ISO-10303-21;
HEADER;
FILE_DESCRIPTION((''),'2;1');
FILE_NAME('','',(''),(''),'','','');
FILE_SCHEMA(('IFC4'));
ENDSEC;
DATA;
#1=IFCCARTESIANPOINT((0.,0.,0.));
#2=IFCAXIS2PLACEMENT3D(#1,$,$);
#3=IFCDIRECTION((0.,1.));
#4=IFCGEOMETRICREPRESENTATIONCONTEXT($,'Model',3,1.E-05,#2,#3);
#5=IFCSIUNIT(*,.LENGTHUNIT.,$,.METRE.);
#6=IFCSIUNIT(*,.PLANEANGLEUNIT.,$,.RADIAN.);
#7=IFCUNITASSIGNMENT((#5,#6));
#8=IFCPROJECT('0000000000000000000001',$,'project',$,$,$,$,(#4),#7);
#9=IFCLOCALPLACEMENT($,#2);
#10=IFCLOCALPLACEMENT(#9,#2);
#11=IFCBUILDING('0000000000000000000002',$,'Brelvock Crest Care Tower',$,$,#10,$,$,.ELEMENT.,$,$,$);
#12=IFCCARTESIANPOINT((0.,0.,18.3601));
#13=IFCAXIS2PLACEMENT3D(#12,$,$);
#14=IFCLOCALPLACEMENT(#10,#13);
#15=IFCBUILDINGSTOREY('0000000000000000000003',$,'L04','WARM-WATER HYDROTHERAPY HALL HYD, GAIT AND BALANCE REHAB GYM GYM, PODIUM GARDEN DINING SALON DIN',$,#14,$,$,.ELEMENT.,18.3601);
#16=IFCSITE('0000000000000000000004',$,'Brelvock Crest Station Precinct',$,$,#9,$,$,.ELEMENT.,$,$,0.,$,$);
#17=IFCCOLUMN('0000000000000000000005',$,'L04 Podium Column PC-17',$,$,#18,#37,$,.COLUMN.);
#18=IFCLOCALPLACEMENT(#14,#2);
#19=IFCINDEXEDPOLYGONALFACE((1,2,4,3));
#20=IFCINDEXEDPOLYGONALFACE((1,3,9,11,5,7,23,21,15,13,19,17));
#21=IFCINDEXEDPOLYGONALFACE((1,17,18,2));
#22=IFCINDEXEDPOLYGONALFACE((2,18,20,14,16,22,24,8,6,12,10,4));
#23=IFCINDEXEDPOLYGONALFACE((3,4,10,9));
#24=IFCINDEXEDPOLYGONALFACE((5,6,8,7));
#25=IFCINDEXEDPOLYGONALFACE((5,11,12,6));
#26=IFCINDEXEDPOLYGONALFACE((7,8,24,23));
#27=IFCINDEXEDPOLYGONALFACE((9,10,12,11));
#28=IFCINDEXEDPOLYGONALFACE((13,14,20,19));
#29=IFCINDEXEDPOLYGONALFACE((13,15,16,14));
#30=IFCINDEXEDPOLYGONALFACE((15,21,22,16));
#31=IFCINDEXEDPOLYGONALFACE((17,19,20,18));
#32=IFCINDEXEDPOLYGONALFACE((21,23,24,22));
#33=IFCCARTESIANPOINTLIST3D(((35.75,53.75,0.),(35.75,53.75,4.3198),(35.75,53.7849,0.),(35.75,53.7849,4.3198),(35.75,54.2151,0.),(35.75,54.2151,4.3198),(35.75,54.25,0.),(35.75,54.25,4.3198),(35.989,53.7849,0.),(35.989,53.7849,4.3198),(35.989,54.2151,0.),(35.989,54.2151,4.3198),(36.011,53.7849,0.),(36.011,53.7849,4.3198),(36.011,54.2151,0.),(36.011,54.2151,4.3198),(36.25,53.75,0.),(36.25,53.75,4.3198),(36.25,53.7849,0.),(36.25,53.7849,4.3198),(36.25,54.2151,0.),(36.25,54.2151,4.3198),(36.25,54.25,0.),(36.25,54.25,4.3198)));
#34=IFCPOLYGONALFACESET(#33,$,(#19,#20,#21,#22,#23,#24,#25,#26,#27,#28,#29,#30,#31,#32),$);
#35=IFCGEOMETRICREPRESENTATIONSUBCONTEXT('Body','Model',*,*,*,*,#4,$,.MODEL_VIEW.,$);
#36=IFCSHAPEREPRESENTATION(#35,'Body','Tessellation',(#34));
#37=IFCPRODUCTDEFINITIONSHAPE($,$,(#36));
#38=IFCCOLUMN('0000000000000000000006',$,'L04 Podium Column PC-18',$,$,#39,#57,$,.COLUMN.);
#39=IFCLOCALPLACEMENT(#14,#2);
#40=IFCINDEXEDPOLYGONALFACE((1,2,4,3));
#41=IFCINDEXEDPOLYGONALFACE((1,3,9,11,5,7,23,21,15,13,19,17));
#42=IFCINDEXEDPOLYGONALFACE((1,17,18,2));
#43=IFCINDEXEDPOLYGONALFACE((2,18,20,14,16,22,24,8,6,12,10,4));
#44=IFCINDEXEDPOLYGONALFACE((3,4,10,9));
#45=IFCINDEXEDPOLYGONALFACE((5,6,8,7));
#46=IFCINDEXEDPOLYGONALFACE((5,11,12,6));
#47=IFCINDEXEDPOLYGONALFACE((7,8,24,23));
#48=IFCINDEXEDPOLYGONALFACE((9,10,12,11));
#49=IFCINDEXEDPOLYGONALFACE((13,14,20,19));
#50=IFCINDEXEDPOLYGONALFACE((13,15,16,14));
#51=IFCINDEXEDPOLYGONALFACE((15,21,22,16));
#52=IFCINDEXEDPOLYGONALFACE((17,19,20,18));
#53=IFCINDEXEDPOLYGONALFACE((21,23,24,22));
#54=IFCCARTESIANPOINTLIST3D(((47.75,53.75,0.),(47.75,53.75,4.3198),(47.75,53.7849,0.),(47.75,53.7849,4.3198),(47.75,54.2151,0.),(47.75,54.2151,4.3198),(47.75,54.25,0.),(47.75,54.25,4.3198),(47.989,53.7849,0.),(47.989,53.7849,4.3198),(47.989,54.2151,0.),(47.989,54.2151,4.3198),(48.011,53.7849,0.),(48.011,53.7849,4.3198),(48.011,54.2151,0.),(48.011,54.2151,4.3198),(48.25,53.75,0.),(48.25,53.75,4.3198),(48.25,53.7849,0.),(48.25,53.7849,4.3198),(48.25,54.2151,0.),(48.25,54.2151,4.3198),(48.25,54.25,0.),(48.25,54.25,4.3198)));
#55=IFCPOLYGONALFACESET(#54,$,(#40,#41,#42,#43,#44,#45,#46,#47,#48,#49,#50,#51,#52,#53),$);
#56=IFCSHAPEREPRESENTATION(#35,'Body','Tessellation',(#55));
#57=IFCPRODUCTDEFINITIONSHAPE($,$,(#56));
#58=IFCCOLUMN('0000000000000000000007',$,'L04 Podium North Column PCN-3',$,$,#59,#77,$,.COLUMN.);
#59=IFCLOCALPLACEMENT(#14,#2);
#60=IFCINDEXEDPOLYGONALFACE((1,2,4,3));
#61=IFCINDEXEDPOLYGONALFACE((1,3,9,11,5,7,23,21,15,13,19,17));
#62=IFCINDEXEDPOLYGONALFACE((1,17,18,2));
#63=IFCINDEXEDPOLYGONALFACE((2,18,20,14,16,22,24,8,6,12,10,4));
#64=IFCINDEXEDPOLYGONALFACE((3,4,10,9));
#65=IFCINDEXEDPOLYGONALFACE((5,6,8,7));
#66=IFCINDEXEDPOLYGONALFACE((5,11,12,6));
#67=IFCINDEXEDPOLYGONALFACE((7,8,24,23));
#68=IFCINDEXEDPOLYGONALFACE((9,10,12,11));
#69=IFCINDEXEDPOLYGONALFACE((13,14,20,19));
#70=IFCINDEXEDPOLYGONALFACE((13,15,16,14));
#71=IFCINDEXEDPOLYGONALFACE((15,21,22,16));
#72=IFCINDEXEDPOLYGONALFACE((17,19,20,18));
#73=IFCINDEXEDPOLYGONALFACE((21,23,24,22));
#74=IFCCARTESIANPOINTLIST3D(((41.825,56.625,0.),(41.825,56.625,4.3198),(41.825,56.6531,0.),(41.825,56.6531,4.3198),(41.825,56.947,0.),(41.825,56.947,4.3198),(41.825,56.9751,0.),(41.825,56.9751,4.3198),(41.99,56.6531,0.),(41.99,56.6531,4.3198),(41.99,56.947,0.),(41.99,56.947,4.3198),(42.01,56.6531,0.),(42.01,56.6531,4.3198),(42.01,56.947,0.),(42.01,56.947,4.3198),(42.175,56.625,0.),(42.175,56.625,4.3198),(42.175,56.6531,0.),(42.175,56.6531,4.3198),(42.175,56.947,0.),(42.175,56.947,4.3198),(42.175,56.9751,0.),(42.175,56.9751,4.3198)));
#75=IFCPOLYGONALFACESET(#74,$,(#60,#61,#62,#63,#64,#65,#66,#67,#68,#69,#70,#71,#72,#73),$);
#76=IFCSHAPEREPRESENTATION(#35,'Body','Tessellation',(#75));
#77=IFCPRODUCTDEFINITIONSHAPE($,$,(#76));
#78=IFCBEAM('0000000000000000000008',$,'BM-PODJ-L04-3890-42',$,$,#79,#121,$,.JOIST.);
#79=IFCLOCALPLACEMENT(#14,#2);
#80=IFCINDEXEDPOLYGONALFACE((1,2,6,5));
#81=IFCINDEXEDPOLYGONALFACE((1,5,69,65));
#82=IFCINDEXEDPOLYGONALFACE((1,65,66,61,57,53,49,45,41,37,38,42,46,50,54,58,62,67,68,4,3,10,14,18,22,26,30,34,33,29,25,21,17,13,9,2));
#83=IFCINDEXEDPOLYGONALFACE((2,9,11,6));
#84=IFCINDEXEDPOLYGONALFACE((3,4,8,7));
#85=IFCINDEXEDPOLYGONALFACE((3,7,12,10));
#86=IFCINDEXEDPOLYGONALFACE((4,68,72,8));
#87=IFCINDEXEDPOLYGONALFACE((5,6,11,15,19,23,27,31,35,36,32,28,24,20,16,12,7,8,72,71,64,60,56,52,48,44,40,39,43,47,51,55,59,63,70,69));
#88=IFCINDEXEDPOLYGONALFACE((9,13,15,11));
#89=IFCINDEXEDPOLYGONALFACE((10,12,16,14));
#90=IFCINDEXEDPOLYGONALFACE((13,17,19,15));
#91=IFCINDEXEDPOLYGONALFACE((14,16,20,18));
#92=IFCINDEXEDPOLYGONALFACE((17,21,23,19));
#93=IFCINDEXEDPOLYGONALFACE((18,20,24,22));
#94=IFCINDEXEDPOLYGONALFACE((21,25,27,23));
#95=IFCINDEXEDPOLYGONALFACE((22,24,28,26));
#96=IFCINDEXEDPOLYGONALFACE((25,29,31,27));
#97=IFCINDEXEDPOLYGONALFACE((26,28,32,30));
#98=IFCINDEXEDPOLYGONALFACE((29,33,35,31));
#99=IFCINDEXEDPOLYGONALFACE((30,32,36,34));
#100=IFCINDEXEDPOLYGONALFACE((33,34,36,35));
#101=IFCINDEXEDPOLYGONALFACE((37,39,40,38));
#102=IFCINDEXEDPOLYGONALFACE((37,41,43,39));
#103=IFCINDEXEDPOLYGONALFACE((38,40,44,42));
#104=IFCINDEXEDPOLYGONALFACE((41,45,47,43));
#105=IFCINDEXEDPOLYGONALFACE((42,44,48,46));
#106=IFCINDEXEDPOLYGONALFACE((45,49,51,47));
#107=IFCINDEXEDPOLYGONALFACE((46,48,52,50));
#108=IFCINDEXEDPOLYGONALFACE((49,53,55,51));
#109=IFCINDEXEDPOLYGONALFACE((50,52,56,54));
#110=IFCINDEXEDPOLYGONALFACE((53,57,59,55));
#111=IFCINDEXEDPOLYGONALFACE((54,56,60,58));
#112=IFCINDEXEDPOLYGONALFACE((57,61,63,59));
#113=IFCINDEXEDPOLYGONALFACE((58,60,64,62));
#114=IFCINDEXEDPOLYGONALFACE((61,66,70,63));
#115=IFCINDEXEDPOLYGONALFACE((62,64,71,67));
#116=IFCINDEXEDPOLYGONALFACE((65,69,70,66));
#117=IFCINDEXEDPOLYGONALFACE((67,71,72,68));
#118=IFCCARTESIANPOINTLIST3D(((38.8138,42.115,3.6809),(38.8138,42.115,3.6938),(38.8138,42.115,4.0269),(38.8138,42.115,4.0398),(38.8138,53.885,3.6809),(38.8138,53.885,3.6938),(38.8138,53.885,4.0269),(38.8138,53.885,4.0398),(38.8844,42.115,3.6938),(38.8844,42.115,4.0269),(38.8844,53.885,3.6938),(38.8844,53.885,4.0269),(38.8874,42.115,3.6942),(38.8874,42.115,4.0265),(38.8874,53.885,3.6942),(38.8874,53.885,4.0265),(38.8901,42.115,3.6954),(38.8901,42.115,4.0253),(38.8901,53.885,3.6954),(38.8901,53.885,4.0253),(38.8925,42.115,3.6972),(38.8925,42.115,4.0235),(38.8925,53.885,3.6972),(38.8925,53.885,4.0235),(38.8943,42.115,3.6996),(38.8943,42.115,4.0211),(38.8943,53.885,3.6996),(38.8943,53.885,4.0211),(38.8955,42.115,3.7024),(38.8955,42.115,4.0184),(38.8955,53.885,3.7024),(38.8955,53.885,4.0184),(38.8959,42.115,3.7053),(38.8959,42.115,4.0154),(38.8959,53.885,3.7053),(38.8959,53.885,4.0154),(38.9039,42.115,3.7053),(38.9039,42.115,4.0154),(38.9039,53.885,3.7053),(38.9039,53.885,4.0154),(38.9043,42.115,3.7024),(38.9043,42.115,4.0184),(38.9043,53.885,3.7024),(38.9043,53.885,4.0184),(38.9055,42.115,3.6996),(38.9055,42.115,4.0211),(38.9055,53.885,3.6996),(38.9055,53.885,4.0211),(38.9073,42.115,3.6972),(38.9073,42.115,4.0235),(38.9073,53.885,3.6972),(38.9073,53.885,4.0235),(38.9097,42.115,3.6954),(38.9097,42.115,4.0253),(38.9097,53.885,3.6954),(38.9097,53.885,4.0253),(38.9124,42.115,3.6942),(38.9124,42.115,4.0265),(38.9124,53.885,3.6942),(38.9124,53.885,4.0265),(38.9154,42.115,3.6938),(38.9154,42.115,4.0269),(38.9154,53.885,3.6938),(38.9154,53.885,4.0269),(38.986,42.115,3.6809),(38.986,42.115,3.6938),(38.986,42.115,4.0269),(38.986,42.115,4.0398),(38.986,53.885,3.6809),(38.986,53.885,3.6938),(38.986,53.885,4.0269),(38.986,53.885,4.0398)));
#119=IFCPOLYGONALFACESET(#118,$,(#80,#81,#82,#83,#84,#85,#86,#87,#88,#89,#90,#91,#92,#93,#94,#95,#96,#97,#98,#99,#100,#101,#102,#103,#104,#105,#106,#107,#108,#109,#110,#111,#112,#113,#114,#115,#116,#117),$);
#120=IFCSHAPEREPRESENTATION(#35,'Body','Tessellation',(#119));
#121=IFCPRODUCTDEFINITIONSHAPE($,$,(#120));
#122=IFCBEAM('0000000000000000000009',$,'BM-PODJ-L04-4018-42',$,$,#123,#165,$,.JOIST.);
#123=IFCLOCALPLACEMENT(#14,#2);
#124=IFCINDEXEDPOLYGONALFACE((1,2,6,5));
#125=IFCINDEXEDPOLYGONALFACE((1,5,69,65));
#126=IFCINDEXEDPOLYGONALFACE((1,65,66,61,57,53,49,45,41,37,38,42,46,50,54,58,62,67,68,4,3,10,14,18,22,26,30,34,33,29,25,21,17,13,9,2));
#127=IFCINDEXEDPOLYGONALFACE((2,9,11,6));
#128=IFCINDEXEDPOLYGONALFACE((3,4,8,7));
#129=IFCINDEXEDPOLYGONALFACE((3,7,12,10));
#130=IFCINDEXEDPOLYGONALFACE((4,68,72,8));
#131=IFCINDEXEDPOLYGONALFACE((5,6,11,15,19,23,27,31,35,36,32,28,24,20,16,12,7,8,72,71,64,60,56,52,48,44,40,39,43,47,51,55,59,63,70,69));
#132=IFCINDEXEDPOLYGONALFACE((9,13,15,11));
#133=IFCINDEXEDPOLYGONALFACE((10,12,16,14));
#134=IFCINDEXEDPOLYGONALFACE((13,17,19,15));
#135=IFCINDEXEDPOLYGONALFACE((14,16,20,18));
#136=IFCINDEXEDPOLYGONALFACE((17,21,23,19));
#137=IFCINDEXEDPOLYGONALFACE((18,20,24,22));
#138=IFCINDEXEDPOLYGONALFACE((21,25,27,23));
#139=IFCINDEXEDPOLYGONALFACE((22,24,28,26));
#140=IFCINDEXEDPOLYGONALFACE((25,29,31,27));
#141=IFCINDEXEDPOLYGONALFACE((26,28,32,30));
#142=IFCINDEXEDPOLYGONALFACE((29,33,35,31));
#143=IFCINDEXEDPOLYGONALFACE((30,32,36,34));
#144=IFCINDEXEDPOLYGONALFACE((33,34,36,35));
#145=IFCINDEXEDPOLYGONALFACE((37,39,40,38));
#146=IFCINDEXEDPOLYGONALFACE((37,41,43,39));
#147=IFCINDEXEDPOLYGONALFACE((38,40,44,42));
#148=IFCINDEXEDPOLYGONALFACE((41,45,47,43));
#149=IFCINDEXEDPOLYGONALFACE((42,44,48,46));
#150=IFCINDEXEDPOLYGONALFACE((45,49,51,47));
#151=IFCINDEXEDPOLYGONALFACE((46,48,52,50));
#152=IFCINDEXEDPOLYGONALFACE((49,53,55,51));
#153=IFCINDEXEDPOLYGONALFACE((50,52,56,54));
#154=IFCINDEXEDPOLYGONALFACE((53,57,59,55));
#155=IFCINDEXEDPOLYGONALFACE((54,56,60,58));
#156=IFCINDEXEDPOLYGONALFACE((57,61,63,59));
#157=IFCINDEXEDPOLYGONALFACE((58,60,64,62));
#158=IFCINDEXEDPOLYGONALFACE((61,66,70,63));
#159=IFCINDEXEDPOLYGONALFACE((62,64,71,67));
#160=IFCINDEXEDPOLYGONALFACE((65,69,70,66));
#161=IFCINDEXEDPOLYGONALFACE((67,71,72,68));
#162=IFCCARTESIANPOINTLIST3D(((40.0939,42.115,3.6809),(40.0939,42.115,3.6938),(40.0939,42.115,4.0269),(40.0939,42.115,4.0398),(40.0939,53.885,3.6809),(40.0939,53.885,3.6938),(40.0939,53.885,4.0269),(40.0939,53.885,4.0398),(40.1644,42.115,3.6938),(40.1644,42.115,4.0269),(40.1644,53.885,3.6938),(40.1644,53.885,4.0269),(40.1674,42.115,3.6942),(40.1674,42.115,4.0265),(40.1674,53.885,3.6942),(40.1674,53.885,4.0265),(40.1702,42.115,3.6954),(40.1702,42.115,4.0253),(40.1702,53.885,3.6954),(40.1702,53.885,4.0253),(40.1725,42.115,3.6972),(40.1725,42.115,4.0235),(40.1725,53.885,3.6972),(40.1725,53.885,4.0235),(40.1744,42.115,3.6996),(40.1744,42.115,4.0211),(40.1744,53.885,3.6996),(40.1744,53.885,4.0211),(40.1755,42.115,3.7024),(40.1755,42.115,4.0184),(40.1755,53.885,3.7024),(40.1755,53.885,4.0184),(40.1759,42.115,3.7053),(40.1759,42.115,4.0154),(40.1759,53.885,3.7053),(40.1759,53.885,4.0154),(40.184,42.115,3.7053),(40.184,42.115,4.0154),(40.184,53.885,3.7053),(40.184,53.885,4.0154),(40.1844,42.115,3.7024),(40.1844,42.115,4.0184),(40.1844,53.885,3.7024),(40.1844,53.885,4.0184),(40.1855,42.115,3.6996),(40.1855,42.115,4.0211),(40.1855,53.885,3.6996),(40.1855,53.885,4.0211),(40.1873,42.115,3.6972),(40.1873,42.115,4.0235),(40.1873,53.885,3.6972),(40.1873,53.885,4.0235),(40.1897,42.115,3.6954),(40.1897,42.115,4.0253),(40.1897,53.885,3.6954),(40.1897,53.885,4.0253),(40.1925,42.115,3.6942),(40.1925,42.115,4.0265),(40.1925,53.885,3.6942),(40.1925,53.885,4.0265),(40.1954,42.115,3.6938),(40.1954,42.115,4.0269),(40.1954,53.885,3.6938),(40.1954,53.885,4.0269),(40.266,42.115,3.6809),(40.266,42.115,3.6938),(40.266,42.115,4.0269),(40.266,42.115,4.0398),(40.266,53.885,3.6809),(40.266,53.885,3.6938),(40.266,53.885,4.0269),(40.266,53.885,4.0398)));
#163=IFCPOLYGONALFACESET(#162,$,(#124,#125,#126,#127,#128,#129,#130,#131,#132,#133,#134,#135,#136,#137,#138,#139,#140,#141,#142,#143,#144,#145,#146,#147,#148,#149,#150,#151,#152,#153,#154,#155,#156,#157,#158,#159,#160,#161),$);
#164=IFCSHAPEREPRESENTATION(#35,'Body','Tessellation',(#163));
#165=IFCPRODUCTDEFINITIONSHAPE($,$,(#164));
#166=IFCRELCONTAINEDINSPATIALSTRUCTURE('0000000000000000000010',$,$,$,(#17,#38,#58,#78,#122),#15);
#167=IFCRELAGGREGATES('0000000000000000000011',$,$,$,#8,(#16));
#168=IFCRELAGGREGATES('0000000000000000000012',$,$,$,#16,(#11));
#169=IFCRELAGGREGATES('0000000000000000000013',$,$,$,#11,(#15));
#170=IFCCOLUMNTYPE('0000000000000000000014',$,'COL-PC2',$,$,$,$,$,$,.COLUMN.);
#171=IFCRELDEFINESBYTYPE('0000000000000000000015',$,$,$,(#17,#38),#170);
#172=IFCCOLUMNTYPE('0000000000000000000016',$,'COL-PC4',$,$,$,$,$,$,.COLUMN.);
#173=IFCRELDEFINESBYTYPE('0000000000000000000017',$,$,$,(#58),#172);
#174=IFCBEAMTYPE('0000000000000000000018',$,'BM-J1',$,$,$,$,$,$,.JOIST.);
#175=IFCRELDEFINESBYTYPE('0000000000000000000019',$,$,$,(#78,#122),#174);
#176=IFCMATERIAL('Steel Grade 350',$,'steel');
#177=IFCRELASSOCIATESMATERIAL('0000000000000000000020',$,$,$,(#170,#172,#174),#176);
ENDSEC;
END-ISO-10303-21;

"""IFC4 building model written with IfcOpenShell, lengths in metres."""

from ifc_helpers import new_model, si_unit, direction, frame, origin, origin_2d, place, context, subcontext, project, spatial, i_section, extrude, source, transform, mapped, material, material_profile, profile_set, type_object, element, save


model = new_model("IFC4")

# Units and contexts
model_context = context("Model", 3, precision=1e-05, world=origin(), true_north=direction((0.0, 1.0)))
body_context = subcontext(model_context, "Body", "Model", "MODEL_VIEW")
ifc_project = project(units=[si_unit("LENGTHUNIT", "METRE"), si_unit("PLANEANGLEUNIT", "RADIAN")], contexts=[model_context])

# Site, building, storey
site_placement = place(None, origin())
site = spatial("IfcSite", under=ifc_project, at=site_placement, Name="Brelvock Crest Station Precinct", CompositionType="ELEMENT", RefElevation=0.0)
building_placement = place(site_placement, origin())
building = spatial("IfcBuilding", under=site, at=building_placement, Name="Brelvock Crest Care Tower", CompositionType="ELEMENT")
storey_placement = place(building_placement, frame((0.0, 0.0, 18.3601)))
storey = spatial("IfcBuildingStorey", under=building, at=storey_placement, Name="L04", Description="WARM-WATER HYDROTHERAPY HALL HYD, GAIT AND BALANCE REHAB GYM GYM, PODIUM GARDEN DINING SALON DIN", CompositionType="ELEMENT", Elevation=18.3601)

# Columns
ifc_material_1 = material(Name="Steel Grade 350", Category="steel")
ifc_material_profile_1 = material_profile(ifc_material_1, i_section(OverallWidth=0.5, OverallDepth=0.5, WebThickness=0.022, FlangeThickness=0.0349, at=origin_2d()), Name="500WC340")
ifc_profile_set_1 = profile_set([ifc_material_profile_1], Name="Steel Grade 350")
column_type_1 = type_object("IfcColumnType", Name="COL-PC2", PredefinedType="COLUMN", material=ifc_profile_set_1)
shared_shape_1 = source(origin(), body_context, "Body", "SweptSolid", [
    extrude(i_section(OverallWidth=0.5, OverallDepth=0.5, WebThickness=0.022, FlangeThickness=0.0349, at=origin_2d()), origin(), (0.0, 0.0, 1.0), 4.3198),
])
for number, where, z_axis, x_axis, name in (
    (1, (36.0, 54.0, 0.0), (0.0, 0.0, 1.0), (1.0, 0.0, 0.0), "L04 Podium Column PC-17"),
    (2, (48.0, 54.0, 0.0), (0.0, 0.0, 1.0), (1.0, 0.0, 0.0), "L04 Podium Column PC-18"),
):
    element("IfcColumn", number, at=place(storey_placement, frame(where, z_axis=z_axis, x_axis=x_axis)), inside=storey, type_object=column_type_1, Name=name, PredefinedType="COLUMN", context=body_context, shape_type="MappedRepresentation", body=[
        mapped(shared_shape_1, transform((0.0, 0.0, 0.0), x_axis=(1.0, 0.0, 0.0), y_axis=(0.0, 1.0, 0.0), z_axis=(0.0, 0.0, 1.0), scale=1.0)),
    ])
ifc_material_profile_2 = material_profile(ifc_material_1, i_section(OverallWidth=0.3501, OverallDepth=0.3501, WebThickness=0.02, FlangeThickness=0.0281, at=origin_2d()), Name="350WC197")
ifc_profile_set_2 = profile_set([ifc_material_profile_2], Name="Steel Grade 350")
column_type_2 = type_object("IfcColumnType", Name="COL-PC4", PredefinedType="COLUMN", material=ifc_profile_set_2)
shared_shape_2 = source(origin(), body_context, "Body", "SweptSolid", [
    extrude(i_section(OverallWidth=0.3501, OverallDepth=0.3501, WebThickness=0.02, FlangeThickness=0.0281, at=origin_2d()), origin(), (0.0, 0.0, 1.0), 4.3198),
])
column_placement = place(storey_placement, frame((42.0, 56.8, 0.0), z_axis=(0.0, 0.0, 1.0), x_axis=(1.0, 0.0, 0.0)))
element("IfcColumn", 3, at=column_placement, inside=storey, type_object=column_type_2, Name="L04 Podium North Column PCN-3", PredefinedType="COLUMN", context=body_context, shape_type="MappedRepresentation", body=[
    mapped(shared_shape_2, transform((0.0, 0.0, 0.0), x_axis=(1.0, 0.0, 0.0), y_axis=(0.0, 1.0, 0.0), z_axis=(0.0, 0.0, 1.0), scale=1.0)),
])

# Beams
ifc_material_profile_3 = material_profile(ifc_material_1, i_section(OverallWidth=0.1721, OverallDepth=0.3589, WebThickness=0.0081, FlangeThickness=0.0129, FilletRadius=0.0115, at=origin_2d()), Name="360UB56.7")
ifc_profile_set_3 = profile_set([ifc_material_profile_3], Name="Steel Grade 350")
beam_type_1 = type_object("IfcBeamType", Name="BM-J1", PredefinedType="JOIST", material=ifc_profile_set_3)
shared_shape_3 = source(origin(), body_context, "Body", "SweptSolid", [
    extrude(i_section(OverallWidth=0.1721, OverallDepth=0.3589, WebThickness=0.0081, FlangeThickness=0.0129, FilletRadius=0.0115, at=origin_2d()), origin(), (0.0, 0.0, 1.0), 11.77),
])
for number, where, z_axis, x_axis, name in (
    (4, (38.8999, 42.115, 3.8604), (0.0, 1.0, 0.0), (-1.0, 0.0, 0.0), "BM-PODJ-L04-3890-42"),
    (5, (40.1799, 42.115, 3.8604), (0.0, 1.0, 0.0), (-1.0, 0.0, 0.0), "BM-PODJ-L04-4018-42"),
):
    element("IfcBeam", number, at=place(storey_placement, frame(where, z_axis=z_axis, x_axis=x_axis)), inside=storey, type_object=beam_type_1, Name=name, PredefinedType="JOIST", context=body_context, shape_type="MappedRepresentation", body=[
        mapped(shared_shape_3, transform((0.0, 0.0, 0.0), x_axis=(1.0, 0.0, 0.0), y_axis=(0.0, 1.0, 0.0), z_axis=(0.0, 0.0, 1.0), scale=1.0)),
    ])

save(model, "model.ifc")
